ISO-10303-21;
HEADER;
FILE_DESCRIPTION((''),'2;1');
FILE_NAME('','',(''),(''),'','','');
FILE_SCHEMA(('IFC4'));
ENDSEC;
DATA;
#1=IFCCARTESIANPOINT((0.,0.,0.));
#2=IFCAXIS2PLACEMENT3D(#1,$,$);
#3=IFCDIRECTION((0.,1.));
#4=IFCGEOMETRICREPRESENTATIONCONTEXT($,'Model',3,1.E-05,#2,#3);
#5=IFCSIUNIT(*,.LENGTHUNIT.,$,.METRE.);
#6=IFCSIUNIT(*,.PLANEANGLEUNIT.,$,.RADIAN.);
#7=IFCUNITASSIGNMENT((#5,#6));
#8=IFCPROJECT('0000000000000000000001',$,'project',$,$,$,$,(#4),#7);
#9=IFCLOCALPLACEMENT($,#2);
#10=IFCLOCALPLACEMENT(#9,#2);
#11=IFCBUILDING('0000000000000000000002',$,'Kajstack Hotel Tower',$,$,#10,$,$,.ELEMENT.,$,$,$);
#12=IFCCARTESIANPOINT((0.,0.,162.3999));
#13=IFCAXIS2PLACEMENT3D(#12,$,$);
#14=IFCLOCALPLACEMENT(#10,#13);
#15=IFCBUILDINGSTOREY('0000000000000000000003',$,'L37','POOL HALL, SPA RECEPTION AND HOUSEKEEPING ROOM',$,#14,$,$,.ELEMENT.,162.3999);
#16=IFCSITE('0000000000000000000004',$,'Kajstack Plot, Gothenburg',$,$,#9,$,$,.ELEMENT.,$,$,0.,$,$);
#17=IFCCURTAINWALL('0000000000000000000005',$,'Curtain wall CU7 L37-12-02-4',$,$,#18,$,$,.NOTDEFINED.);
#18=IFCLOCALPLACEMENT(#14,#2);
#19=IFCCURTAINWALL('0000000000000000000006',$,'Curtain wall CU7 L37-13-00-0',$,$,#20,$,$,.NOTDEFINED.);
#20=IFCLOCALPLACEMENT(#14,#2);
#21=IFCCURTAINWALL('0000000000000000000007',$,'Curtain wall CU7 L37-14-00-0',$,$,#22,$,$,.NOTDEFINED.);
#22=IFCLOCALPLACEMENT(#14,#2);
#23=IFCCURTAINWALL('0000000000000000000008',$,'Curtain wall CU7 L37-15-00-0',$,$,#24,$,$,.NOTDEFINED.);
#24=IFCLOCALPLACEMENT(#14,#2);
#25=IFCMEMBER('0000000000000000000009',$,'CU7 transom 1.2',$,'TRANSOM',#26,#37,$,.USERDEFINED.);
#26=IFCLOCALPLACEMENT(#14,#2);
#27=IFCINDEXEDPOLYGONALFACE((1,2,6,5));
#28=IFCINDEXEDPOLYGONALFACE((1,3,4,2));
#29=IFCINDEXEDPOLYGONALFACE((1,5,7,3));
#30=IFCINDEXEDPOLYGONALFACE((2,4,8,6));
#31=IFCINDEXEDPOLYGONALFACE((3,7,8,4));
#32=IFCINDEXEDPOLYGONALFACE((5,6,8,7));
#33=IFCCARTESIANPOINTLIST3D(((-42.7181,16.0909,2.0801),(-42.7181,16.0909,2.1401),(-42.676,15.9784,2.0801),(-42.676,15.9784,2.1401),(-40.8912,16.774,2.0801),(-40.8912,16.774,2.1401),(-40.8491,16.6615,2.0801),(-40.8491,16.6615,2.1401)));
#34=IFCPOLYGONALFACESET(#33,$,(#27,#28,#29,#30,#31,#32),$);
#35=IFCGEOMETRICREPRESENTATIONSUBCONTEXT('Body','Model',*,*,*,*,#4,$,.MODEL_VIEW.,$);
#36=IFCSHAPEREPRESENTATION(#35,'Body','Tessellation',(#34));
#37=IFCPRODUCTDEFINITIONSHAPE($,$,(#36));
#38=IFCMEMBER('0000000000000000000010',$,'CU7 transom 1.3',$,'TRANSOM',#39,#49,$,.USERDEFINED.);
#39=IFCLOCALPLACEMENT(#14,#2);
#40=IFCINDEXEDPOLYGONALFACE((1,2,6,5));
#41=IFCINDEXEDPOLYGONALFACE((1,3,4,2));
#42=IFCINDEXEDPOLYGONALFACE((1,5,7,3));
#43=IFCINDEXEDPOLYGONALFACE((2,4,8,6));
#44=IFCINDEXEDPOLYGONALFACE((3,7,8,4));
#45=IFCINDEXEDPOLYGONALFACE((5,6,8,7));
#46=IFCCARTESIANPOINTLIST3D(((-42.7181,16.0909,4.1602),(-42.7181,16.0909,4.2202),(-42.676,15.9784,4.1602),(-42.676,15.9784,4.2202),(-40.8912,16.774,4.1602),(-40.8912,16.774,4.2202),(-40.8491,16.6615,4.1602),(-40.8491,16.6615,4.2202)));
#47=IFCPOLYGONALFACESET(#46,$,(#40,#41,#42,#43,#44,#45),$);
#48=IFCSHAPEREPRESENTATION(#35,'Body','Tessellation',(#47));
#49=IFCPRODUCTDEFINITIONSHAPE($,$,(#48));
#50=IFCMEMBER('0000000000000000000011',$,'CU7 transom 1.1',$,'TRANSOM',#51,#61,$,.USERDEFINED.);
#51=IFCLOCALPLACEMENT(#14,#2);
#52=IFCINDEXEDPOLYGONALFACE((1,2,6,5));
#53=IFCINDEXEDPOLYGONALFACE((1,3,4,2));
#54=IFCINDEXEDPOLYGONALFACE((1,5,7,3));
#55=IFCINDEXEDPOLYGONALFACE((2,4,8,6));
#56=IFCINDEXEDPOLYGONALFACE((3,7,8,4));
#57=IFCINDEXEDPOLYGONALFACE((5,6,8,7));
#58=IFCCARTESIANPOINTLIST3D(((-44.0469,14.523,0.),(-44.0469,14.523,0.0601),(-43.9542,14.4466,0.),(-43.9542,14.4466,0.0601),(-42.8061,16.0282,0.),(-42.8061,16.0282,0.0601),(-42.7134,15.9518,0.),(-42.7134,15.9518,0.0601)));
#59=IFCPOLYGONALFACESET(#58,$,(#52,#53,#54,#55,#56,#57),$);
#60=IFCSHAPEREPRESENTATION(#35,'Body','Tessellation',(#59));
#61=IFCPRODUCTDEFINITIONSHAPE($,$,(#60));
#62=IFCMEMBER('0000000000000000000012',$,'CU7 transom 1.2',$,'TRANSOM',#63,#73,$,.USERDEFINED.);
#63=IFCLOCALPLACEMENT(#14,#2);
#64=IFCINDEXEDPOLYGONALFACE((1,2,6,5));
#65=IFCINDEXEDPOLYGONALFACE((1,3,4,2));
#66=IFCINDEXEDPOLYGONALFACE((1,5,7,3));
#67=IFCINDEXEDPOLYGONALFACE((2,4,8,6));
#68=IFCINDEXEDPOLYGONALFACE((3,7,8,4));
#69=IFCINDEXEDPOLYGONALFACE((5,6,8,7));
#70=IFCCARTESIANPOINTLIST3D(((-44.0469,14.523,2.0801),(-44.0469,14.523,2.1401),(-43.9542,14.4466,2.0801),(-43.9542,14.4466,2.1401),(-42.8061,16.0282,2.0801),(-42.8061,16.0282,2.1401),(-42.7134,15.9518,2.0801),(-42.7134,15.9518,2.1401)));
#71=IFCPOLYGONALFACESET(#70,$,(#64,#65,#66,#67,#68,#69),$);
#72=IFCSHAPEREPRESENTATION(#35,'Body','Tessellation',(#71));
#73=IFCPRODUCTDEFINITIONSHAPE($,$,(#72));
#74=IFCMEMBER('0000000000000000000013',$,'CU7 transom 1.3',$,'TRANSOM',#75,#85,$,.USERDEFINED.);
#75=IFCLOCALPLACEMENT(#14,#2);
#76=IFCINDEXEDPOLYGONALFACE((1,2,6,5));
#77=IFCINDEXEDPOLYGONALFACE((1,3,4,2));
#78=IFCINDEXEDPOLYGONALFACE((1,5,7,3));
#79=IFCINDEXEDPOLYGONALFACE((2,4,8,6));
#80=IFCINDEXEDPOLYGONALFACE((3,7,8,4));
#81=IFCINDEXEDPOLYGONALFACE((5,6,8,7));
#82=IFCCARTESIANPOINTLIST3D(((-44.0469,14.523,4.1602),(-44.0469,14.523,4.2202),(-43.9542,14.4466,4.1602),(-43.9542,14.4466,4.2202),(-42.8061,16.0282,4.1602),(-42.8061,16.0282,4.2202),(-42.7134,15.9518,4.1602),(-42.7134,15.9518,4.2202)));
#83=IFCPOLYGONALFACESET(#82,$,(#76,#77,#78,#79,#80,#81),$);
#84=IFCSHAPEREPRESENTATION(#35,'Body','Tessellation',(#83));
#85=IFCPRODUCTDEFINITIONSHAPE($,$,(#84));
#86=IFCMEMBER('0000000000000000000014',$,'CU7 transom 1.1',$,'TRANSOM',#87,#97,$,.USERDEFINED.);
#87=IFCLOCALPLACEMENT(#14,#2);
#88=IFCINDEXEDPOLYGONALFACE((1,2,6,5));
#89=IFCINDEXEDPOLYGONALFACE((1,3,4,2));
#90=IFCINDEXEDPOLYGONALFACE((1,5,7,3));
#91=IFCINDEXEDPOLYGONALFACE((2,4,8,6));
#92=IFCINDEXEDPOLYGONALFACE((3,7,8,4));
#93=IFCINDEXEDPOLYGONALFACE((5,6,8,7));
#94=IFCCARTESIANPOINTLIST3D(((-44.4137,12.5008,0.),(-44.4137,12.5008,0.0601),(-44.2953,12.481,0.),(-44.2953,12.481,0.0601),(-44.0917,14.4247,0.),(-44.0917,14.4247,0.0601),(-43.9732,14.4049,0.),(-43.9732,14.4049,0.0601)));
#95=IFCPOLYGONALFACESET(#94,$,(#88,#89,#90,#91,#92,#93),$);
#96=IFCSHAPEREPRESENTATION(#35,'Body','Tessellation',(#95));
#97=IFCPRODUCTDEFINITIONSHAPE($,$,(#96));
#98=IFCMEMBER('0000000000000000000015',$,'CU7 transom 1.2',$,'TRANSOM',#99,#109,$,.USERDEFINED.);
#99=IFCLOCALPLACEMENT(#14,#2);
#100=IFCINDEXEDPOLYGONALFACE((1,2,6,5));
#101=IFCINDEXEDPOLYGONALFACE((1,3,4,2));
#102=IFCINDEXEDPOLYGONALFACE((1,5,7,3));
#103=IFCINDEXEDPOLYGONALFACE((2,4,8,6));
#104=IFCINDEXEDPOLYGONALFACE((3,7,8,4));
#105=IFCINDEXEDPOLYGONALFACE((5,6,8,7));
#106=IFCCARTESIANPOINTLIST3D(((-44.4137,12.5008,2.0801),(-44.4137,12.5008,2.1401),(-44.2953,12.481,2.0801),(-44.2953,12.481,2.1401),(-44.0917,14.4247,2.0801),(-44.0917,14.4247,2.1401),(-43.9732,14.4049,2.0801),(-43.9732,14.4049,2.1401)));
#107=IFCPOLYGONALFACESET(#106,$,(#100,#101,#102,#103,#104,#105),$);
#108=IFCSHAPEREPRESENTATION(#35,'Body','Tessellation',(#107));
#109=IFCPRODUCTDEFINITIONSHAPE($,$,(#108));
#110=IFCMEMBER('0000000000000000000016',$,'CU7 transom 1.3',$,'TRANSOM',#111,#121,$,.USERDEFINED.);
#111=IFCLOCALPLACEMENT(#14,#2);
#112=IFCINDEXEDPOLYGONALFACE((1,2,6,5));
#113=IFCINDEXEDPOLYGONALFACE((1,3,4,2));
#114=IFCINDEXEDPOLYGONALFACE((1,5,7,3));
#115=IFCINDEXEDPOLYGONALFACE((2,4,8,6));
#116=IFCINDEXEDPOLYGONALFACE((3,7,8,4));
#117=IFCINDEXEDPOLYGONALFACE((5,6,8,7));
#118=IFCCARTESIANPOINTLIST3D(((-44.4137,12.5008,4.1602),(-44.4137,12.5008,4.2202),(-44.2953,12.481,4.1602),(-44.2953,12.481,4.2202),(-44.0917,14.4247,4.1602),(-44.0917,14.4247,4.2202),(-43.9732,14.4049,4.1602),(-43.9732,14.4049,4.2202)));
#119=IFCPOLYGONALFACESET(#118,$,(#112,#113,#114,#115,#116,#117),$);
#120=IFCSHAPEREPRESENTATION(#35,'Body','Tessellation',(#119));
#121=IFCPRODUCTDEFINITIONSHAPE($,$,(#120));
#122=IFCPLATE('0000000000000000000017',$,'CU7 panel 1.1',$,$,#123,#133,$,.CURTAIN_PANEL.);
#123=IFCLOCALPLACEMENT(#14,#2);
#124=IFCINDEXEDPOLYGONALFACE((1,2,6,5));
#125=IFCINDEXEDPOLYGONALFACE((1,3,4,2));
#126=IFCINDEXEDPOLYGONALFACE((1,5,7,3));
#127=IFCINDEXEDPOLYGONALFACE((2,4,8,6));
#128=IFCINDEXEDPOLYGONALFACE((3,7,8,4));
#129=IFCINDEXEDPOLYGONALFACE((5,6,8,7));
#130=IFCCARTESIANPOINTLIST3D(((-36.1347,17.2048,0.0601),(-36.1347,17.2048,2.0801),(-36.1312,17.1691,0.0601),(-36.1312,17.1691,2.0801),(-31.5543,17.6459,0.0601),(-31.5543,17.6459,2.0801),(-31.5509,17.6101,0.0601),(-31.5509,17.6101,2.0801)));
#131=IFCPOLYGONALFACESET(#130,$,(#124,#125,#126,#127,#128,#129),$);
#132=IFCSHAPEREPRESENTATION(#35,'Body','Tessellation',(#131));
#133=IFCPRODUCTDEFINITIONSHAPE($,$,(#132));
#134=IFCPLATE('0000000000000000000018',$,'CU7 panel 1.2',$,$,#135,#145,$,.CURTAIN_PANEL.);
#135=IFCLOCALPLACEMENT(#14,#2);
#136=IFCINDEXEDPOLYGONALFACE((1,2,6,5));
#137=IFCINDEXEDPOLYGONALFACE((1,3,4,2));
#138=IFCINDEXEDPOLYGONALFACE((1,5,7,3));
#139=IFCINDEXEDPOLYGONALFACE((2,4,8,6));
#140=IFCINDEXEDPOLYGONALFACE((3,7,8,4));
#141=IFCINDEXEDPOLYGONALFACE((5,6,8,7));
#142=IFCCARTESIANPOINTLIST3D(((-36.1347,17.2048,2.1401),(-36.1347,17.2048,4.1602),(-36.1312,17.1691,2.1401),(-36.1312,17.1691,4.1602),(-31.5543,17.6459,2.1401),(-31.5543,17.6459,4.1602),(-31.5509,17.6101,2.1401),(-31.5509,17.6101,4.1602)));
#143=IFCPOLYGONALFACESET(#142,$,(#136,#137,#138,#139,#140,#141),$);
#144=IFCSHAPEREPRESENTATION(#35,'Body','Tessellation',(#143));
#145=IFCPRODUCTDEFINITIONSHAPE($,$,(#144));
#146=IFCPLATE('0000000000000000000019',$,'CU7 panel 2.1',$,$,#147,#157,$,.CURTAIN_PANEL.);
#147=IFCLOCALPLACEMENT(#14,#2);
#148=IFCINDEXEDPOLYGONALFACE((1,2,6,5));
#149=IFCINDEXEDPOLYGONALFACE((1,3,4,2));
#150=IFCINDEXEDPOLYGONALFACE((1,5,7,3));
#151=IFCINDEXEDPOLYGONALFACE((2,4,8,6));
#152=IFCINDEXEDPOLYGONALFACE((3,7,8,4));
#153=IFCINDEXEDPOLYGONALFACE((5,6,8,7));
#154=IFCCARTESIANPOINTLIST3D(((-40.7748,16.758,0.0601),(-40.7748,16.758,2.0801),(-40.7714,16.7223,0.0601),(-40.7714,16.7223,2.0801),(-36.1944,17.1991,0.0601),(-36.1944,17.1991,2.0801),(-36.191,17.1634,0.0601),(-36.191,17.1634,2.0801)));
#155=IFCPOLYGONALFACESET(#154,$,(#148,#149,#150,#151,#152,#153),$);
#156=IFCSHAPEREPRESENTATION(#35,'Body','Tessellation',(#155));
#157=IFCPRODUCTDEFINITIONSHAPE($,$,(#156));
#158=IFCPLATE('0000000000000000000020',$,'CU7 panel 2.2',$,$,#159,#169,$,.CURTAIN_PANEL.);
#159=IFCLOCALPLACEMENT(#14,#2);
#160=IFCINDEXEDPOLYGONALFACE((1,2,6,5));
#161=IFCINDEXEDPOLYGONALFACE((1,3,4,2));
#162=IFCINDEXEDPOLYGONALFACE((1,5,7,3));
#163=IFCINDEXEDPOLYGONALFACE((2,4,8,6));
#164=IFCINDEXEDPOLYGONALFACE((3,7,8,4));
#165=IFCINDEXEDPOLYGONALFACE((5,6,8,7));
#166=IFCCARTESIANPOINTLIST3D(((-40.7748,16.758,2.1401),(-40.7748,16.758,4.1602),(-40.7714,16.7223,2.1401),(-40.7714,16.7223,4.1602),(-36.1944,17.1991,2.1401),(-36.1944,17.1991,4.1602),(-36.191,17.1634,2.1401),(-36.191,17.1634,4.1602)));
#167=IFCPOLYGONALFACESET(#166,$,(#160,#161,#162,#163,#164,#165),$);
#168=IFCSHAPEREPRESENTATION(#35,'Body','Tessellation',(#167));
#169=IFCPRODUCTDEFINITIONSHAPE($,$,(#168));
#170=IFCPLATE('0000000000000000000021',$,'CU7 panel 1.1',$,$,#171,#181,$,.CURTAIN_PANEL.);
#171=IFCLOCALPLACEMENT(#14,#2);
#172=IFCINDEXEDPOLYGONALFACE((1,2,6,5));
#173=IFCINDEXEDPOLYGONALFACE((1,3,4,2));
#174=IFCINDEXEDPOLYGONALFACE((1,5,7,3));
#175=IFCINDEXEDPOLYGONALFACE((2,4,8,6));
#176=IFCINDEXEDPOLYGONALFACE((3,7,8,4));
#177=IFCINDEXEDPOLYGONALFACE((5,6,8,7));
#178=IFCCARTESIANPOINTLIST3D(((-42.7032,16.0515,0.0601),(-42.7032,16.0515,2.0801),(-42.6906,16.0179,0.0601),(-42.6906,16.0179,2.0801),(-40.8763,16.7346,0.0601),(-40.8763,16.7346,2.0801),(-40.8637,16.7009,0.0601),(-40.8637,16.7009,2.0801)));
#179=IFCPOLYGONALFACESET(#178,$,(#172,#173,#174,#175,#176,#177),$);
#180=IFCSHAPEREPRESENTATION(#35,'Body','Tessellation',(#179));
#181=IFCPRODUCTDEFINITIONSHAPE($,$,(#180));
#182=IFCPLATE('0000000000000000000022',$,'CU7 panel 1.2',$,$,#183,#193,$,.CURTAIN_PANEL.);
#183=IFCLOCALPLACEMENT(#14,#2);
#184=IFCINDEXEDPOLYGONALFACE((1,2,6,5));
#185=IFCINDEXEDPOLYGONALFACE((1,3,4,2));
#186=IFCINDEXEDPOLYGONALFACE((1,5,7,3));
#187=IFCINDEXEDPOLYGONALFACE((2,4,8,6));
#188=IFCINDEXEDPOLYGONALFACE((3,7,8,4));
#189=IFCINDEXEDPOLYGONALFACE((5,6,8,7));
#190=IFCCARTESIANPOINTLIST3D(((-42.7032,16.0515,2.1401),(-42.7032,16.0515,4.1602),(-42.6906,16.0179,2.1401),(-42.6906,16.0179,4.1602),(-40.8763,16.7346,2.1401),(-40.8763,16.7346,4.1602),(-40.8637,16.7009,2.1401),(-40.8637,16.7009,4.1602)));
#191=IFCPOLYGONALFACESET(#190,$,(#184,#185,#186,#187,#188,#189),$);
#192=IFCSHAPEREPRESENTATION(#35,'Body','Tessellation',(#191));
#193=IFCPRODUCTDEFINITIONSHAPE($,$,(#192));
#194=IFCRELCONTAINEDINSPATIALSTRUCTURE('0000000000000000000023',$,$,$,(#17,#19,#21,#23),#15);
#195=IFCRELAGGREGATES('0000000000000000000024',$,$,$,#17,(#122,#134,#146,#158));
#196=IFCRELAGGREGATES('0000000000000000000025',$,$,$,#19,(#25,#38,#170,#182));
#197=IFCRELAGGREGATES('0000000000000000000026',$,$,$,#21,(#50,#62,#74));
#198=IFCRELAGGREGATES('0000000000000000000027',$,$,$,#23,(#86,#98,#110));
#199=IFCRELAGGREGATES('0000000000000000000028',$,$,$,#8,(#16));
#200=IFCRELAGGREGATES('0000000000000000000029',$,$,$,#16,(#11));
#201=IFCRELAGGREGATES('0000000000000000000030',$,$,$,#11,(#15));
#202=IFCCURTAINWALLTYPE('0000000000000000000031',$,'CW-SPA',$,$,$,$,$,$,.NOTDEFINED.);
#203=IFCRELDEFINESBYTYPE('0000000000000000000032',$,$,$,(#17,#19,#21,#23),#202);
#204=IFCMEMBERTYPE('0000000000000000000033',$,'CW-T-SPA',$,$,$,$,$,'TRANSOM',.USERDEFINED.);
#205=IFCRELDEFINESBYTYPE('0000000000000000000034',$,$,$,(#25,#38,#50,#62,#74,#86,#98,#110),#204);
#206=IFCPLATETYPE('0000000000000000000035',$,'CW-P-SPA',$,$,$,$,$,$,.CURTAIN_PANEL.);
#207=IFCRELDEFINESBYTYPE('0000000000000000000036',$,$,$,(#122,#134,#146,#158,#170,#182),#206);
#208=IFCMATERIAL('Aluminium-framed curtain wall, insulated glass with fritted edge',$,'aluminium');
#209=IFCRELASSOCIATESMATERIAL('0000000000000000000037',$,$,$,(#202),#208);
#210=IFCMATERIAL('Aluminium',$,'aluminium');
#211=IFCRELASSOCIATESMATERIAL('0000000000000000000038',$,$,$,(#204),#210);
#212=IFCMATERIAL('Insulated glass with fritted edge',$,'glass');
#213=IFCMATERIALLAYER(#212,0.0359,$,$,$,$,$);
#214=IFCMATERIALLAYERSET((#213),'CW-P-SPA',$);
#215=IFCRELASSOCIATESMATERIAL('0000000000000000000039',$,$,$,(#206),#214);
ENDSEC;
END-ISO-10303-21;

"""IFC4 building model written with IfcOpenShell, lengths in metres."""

from ifc_helpers import new_model, si_unit, direction, frame, origin, origin_2d, place, context, subcontext, project, spatial, rectangle, extrude, material, layer, layer_set, material_profile, profile_set, type_object, element, aggregate, save


model = new_model("IFC4")

# Units and contexts
model_context = context("Model", 3, precision=1e-05, world=origin(), true_north=direction((0.0, 1.0)))
body_context = subcontext(model_context, "Body", "Model", "MODEL_VIEW")
ifc_project = project(units=[si_unit("LENGTHUNIT", "METRE"), si_unit("PLANEANGLEUNIT", "RADIAN")], contexts=[model_context])

# Site, building, storey
site_placement = place(None, origin())
site = spatial("IfcSite", under=ifc_project, at=site_placement, Name="Kajstack Plot, Gothenburg", CompositionType="ELEMENT", RefElevation=0.0)
building_placement = place(site_placement, origin())
building = spatial("IfcBuilding", under=site, at=building_placement, Name="Kajstack Hotel Tower", CompositionType="ELEMENT")
storey_placement = place(building_placement, frame((0.0, 0.0, 162.3999)))
storey = spatial("IfcBuildingStorey", under=building, at=storey_placement, Name="L37", Description="POOL HALL, SPA RECEPTION AND HOUSEKEEPING ROOM", CompositionType="ELEMENT", Elevation=162.3999)

# Curtain walls
ifc_material_1 = material(Name="Aluminium-framed curtain wall, insulated glass with fritted edge", Category="aluminium")
curtain_wall_type = type_object("IfcCurtainWallType", Name="CW-SPA", PredefinedType="NOTDEFINED", material=ifc_material_1)
curtain_wall_1_placement = place(storey_placement, origin())
curtain_wall_1 = element("IfcCurtainWall", 1, at=curtain_wall_1_placement, inside=storey, type_object=curtain_wall_type, Name="Curtain wall CU7 L37-12-02-4", PredefinedType="NOTDEFINED")
ifc_material_2 = material(Name="Aluminium", Category="aluminium")
curtain_wall_2_placement = place(storey_placement, origin())
curtain_wall_2 = element("IfcCurtainWall", 2, at=curtain_wall_2_placement, inside=storey, type_object=curtain_wall_type, Name="Curtain wall CU7 L37-13-00-0", PredefinedType="NOTDEFINED")
curtain_wall_3_placement = place(storey_placement, origin())
curtain_wall_3 = element("IfcCurtainWall", 3, at=curtain_wall_3_placement, inside=storey, type_object=curtain_wall_type, Name="Curtain wall CU7 L37-14-00-0", PredefinedType="NOTDEFINED")

# Curtain wall
curtain_wall_4_placement = place(storey_placement, origin())
curtain_wall_4 = element("IfcCurtainWall", 4, at=curtain_wall_4_placement, inside=storey, type_object=curtain_wall_type, Name="Curtain wall CU7 L37-15-00-0", PredefinedType="NOTDEFINED")

# Members
ifc_material_profile_1 = material_profile(ifc_material_2, rectangle(XDim=0.1201, YDim=0.0601, at=origin_2d()), Name="Aluminium transom 120 x 60")
ifc_profile_set_1 = profile_set([ifc_material_profile_1], Name="Aluminium")
member_type_1 = type_object("IfcMemberType", Name="CW-T-SPA", ElementType="TRANSOM", PredefinedType="USERDEFINED", material=ifc_profile_set_1)
member_1_placement = place(storey_placement, frame((-40.8701, 16.7178, 2.1101), z_axis=(-0.936663, -0.350232, 0.0), x_axis=(0.350232, -0.936663, 0.0)))
member_1 = element("IfcMember", 5, at=member_1_placement, type_object=member_type_1, Name="CU7 transom 1.2", ObjectType="TRANSOM", PredefinedType="USERDEFINED", context=body_context, shape_type="SweptSolid", body=[
    extrude(rectangle(XDim=0.1201, YDim=0.0601, at=origin_2d()), origin(), (0.0, 0.0, 1.0), 1.9504),
])
member_2_placement = place(storey_placement, frame((-40.8701, 16.7178, 4.1902), z_axis=(-0.936663, -0.350232, 0.0), x_axis=(0.350232, -0.936663, 0.0)))
member_2 = element("IfcMember", 6, at=member_2_placement, type_object=member_type_1, Name="CU7 transom 1.3", ObjectType="TRANSOM", PredefinedType="USERDEFINED", context=body_context, shape_type="SweptSolid", body=[
    extrude(rectangle(XDim=0.1201, YDim=0.0601, at=origin_2d()), origin(), (0.0, 0.0, 1.0), 1.9504),
])
member_3_placement = place(storey_placement, frame((-42.7598, 15.99, 0.03), z_axis=(-0.636076, -0.771627, 0.0), x_axis=(0.771627, -0.636076, 0.0)))
member_3 = element("IfcMember", 7, at=member_3_placement, type_object=member_type_1, Name="CU7 transom 1.1", ObjectType="TRANSOM", PredefinedType="USERDEFINED", context=body_context, shape_type="SweptSolid", body=[
    extrude(rectangle(XDim=0.1201, YDim=0.0601, at=origin_2d()), origin(), (0.0, 0.0, 1.0), 1.9507),
])
member_4_placement = place(storey_placement, frame((-42.7598, 15.99, 2.1101), z_axis=(-0.636076, -0.771627, 0.0), x_axis=(0.771627, -0.636076, 0.0)))
member_4 = element("IfcMember", 8, at=member_4_placement, type_object=member_type_1, Name="CU7 transom 1.2", ObjectType="TRANSOM", PredefinedType="USERDEFINED", context=body_context, shape_type="SweptSolid", body=[
    extrude(rectangle(XDim=0.1201, YDim=0.0601, at=origin_2d()), origin(), (0.0, 0.0, 1.0), 1.9507),
])
member_5_placement = place(storey_placement, frame((-42.7598, 15.99, 4.1902), z_axis=(-0.636076, -0.771627, 0.0), x_axis=(0.771627, -0.636076, 0.0)))
member_5 = element("IfcMember", 9, at=member_5_placement, type_object=member_type_1, Name="CU7 transom 1.3", ObjectType="TRANSOM", PredefinedType="USERDEFINED", context=body_context, shape_type="SweptSolid", body=[
    extrude(rectangle(XDim=0.1201, YDim=0.0601, at=origin_2d()), origin(), (0.0, 0.0, 1.0), 1.9507),
])
member_6_placement = place(storey_placement, frame((-44.0325, 14.4148, 0.03), z_axis=(-0.165089, -0.986279, 0.0), x_axis=(0.986279, -0.165089, 0.0)))
member_6 = element("IfcMember", 10, at=member_6_placement, type_object=member_type_1, Name="CU7 transom 1.1", ObjectType="TRANSOM", PredefinedType="USERDEFINED", context=body_context, shape_type="SweptSolid", body=[
    extrude(rectangle(XDim=0.1201, YDim=0.0601, at=origin_2d()), origin(), (0.0, 0.0, 1.0), 1.9507),
])
member_7_placement = place(storey_placement, frame((-44.0325, 14.4148, 2.1101), z_axis=(-0.165089, -0.986279, 0.0), x_axis=(0.986279, -0.165089, 0.0)))
member_7 = element("IfcMember", 11, at=member_7_placement, type_object=member_type_1, Name="CU7 transom 1.2", ObjectType="TRANSOM", PredefinedType="USERDEFINED", context=body_context, shape_type="SweptSolid", body=[
    extrude(rectangle(XDim=0.1201, YDim=0.0601, at=origin_2d()), origin(), (0.0, 0.0, 1.0), 1.9507),
])
member_8_placement = place(storey_placement, frame((-44.0325, 14.4148, 4.1902), z_axis=(-0.165089, -0.986279, 0.0), x_axis=(0.986279, -0.165089, 0.0)))
member_8 = element("IfcMember", 12, at=member_8_placement, type_object=member_type_1, Name="CU7 transom 1.3", ObjectType="TRANSOM", PredefinedType="USERDEFINED", context=body_context, shape_type="SweptSolid", body=[
    extrude(rectangle(XDim=0.1201, YDim=0.0601, at=origin_2d()), origin(), (0.0, 0.0, 1.0), 1.9507),
])

# Plates
ifc_material_3 = material(Name="Insulated glass with fritted edge", Category="glass")
ifc_layer = layer(ifc_material_3, 0.0359)
ifc_layer_set = layer_set([ifc_layer], Name="CW-P-SPA")
plate_type = type_object("IfcPlateType", Name="CW-P-SPA", PredefinedType="CURTAIN_PANEL", material=ifc_layer_set)
plate_1_placement = place(storey_placement, frame((-33.8428, 17.4075, 0.0601), z_axis=(0.0, 0.0, 1.0), x_axis=(-0.995396, -0.095845, 0.0)))
plate_1 = element("IfcPlate", 13, at=plate_1_placement, type_object=plate_type, Name="CU7 panel 1.1", PredefinedType="CURTAIN_PANEL", context=body_context, shape_type="SweptSolid", body=[
    extrude(rectangle(XDim=4.6016, YDim=0.0359, at=origin_2d()), origin(), (0.0, 0.0, 1.0), 2.02),
])
plate_2_placement = place(storey_placement, frame((-33.8428, 17.4075, 2.1401), z_axis=(0.0, 0.0, 1.0), x_axis=(-0.995396, -0.095845, 0.0)))
plate_2 = element("IfcPlate", 14, at=plate_2_placement, type_object=plate_type, Name="CU7 panel 1.2", PredefinedType="CURTAIN_PANEL", context=body_context, shape_type="SweptSolid", body=[
    extrude(rectangle(XDim=4.6016, YDim=0.0359, at=origin_2d()), origin(), (0.0, 0.0, 1.0), 2.02),
])
plate_3_placement = place(storey_placement, frame((-38.4829, 16.9607, 0.0601), z_axis=(0.0, 0.0, 1.0), x_axis=(-0.995396, -0.095845, 0.0)))
plate_3 = element("IfcPlate", 15, at=plate_3_placement, type_object=plate_type, Name="CU7 panel 2.1", PredefinedType="CURTAIN_PANEL", context=body_context, shape_type="SweptSolid", body=[
    extrude(rectangle(XDim=4.6016, YDim=0.0359, at=origin_2d()), origin(), (0.0, 0.0, 1.0), 2.02),
])
plate_4_placement = place(storey_placement, frame((-38.4829, 16.9607, 2.1401), z_axis=(0.0, 0.0, 1.0), x_axis=(-0.995396, -0.095845, 0.0)))
plate_4 = element("IfcPlate", 16, at=plate_4_placement, type_object=plate_type, Name="CU7 panel 2.2", PredefinedType="CURTAIN_PANEL", context=body_context, shape_type="SweptSolid", body=[
    extrude(rectangle(XDim=4.6016, YDim=0.0359, at=origin_2d()), origin(), (0.0, 0.0, 1.0), 2.02),
])
aggregate(curtain_wall_1, [plate_1, plate_2, plate_3, plate_4])
plate_5_placement = place(storey_placement, frame((-41.7834, 16.3762, 0.0601), z_axis=(0.0, 0.0, 1.0), x_axis=(-0.936674, -0.350202, 0.0)))
plate_5 = element("IfcPlate", 17, at=plate_5_placement, type_object=plate_type, Name="CU7 panel 1.1", PredefinedType="CURTAIN_PANEL", context=body_context, shape_type="SweptSolid", body=[
    extrude(rectangle(XDim=1.9504, YDim=0.0359, at=origin_2d()), origin(), (0.0, 0.0, 1.0), 2.02),
])
plate_6_placement = place(storey_placement, frame((-41.7834, 16.3762, 2.1401), z_axis=(0.0, 0.0, 1.0), x_axis=(-0.936674, -0.350202, 0.0)))
plate_6 = element("IfcPlate", 18, at=plate_6_placement, type_object=plate_type, Name="CU7 panel 1.2", PredefinedType="CURTAIN_PANEL", context=body_context, shape_type="SweptSolid", body=[
    extrude(rectangle(XDim=1.9504, YDim=0.0359, at=origin_2d()), origin(), (0.0, 0.0, 1.0), 2.02),
])
aggregate(curtain_wall_2, [member_1, member_2, plate_5, plate_6])
aggregate(curtain_wall_3, [member_3, member_4, member_5])
aggregate(curtain_wall_4, [member_6, member_7, member_8])

save(model, "model.ifc")
